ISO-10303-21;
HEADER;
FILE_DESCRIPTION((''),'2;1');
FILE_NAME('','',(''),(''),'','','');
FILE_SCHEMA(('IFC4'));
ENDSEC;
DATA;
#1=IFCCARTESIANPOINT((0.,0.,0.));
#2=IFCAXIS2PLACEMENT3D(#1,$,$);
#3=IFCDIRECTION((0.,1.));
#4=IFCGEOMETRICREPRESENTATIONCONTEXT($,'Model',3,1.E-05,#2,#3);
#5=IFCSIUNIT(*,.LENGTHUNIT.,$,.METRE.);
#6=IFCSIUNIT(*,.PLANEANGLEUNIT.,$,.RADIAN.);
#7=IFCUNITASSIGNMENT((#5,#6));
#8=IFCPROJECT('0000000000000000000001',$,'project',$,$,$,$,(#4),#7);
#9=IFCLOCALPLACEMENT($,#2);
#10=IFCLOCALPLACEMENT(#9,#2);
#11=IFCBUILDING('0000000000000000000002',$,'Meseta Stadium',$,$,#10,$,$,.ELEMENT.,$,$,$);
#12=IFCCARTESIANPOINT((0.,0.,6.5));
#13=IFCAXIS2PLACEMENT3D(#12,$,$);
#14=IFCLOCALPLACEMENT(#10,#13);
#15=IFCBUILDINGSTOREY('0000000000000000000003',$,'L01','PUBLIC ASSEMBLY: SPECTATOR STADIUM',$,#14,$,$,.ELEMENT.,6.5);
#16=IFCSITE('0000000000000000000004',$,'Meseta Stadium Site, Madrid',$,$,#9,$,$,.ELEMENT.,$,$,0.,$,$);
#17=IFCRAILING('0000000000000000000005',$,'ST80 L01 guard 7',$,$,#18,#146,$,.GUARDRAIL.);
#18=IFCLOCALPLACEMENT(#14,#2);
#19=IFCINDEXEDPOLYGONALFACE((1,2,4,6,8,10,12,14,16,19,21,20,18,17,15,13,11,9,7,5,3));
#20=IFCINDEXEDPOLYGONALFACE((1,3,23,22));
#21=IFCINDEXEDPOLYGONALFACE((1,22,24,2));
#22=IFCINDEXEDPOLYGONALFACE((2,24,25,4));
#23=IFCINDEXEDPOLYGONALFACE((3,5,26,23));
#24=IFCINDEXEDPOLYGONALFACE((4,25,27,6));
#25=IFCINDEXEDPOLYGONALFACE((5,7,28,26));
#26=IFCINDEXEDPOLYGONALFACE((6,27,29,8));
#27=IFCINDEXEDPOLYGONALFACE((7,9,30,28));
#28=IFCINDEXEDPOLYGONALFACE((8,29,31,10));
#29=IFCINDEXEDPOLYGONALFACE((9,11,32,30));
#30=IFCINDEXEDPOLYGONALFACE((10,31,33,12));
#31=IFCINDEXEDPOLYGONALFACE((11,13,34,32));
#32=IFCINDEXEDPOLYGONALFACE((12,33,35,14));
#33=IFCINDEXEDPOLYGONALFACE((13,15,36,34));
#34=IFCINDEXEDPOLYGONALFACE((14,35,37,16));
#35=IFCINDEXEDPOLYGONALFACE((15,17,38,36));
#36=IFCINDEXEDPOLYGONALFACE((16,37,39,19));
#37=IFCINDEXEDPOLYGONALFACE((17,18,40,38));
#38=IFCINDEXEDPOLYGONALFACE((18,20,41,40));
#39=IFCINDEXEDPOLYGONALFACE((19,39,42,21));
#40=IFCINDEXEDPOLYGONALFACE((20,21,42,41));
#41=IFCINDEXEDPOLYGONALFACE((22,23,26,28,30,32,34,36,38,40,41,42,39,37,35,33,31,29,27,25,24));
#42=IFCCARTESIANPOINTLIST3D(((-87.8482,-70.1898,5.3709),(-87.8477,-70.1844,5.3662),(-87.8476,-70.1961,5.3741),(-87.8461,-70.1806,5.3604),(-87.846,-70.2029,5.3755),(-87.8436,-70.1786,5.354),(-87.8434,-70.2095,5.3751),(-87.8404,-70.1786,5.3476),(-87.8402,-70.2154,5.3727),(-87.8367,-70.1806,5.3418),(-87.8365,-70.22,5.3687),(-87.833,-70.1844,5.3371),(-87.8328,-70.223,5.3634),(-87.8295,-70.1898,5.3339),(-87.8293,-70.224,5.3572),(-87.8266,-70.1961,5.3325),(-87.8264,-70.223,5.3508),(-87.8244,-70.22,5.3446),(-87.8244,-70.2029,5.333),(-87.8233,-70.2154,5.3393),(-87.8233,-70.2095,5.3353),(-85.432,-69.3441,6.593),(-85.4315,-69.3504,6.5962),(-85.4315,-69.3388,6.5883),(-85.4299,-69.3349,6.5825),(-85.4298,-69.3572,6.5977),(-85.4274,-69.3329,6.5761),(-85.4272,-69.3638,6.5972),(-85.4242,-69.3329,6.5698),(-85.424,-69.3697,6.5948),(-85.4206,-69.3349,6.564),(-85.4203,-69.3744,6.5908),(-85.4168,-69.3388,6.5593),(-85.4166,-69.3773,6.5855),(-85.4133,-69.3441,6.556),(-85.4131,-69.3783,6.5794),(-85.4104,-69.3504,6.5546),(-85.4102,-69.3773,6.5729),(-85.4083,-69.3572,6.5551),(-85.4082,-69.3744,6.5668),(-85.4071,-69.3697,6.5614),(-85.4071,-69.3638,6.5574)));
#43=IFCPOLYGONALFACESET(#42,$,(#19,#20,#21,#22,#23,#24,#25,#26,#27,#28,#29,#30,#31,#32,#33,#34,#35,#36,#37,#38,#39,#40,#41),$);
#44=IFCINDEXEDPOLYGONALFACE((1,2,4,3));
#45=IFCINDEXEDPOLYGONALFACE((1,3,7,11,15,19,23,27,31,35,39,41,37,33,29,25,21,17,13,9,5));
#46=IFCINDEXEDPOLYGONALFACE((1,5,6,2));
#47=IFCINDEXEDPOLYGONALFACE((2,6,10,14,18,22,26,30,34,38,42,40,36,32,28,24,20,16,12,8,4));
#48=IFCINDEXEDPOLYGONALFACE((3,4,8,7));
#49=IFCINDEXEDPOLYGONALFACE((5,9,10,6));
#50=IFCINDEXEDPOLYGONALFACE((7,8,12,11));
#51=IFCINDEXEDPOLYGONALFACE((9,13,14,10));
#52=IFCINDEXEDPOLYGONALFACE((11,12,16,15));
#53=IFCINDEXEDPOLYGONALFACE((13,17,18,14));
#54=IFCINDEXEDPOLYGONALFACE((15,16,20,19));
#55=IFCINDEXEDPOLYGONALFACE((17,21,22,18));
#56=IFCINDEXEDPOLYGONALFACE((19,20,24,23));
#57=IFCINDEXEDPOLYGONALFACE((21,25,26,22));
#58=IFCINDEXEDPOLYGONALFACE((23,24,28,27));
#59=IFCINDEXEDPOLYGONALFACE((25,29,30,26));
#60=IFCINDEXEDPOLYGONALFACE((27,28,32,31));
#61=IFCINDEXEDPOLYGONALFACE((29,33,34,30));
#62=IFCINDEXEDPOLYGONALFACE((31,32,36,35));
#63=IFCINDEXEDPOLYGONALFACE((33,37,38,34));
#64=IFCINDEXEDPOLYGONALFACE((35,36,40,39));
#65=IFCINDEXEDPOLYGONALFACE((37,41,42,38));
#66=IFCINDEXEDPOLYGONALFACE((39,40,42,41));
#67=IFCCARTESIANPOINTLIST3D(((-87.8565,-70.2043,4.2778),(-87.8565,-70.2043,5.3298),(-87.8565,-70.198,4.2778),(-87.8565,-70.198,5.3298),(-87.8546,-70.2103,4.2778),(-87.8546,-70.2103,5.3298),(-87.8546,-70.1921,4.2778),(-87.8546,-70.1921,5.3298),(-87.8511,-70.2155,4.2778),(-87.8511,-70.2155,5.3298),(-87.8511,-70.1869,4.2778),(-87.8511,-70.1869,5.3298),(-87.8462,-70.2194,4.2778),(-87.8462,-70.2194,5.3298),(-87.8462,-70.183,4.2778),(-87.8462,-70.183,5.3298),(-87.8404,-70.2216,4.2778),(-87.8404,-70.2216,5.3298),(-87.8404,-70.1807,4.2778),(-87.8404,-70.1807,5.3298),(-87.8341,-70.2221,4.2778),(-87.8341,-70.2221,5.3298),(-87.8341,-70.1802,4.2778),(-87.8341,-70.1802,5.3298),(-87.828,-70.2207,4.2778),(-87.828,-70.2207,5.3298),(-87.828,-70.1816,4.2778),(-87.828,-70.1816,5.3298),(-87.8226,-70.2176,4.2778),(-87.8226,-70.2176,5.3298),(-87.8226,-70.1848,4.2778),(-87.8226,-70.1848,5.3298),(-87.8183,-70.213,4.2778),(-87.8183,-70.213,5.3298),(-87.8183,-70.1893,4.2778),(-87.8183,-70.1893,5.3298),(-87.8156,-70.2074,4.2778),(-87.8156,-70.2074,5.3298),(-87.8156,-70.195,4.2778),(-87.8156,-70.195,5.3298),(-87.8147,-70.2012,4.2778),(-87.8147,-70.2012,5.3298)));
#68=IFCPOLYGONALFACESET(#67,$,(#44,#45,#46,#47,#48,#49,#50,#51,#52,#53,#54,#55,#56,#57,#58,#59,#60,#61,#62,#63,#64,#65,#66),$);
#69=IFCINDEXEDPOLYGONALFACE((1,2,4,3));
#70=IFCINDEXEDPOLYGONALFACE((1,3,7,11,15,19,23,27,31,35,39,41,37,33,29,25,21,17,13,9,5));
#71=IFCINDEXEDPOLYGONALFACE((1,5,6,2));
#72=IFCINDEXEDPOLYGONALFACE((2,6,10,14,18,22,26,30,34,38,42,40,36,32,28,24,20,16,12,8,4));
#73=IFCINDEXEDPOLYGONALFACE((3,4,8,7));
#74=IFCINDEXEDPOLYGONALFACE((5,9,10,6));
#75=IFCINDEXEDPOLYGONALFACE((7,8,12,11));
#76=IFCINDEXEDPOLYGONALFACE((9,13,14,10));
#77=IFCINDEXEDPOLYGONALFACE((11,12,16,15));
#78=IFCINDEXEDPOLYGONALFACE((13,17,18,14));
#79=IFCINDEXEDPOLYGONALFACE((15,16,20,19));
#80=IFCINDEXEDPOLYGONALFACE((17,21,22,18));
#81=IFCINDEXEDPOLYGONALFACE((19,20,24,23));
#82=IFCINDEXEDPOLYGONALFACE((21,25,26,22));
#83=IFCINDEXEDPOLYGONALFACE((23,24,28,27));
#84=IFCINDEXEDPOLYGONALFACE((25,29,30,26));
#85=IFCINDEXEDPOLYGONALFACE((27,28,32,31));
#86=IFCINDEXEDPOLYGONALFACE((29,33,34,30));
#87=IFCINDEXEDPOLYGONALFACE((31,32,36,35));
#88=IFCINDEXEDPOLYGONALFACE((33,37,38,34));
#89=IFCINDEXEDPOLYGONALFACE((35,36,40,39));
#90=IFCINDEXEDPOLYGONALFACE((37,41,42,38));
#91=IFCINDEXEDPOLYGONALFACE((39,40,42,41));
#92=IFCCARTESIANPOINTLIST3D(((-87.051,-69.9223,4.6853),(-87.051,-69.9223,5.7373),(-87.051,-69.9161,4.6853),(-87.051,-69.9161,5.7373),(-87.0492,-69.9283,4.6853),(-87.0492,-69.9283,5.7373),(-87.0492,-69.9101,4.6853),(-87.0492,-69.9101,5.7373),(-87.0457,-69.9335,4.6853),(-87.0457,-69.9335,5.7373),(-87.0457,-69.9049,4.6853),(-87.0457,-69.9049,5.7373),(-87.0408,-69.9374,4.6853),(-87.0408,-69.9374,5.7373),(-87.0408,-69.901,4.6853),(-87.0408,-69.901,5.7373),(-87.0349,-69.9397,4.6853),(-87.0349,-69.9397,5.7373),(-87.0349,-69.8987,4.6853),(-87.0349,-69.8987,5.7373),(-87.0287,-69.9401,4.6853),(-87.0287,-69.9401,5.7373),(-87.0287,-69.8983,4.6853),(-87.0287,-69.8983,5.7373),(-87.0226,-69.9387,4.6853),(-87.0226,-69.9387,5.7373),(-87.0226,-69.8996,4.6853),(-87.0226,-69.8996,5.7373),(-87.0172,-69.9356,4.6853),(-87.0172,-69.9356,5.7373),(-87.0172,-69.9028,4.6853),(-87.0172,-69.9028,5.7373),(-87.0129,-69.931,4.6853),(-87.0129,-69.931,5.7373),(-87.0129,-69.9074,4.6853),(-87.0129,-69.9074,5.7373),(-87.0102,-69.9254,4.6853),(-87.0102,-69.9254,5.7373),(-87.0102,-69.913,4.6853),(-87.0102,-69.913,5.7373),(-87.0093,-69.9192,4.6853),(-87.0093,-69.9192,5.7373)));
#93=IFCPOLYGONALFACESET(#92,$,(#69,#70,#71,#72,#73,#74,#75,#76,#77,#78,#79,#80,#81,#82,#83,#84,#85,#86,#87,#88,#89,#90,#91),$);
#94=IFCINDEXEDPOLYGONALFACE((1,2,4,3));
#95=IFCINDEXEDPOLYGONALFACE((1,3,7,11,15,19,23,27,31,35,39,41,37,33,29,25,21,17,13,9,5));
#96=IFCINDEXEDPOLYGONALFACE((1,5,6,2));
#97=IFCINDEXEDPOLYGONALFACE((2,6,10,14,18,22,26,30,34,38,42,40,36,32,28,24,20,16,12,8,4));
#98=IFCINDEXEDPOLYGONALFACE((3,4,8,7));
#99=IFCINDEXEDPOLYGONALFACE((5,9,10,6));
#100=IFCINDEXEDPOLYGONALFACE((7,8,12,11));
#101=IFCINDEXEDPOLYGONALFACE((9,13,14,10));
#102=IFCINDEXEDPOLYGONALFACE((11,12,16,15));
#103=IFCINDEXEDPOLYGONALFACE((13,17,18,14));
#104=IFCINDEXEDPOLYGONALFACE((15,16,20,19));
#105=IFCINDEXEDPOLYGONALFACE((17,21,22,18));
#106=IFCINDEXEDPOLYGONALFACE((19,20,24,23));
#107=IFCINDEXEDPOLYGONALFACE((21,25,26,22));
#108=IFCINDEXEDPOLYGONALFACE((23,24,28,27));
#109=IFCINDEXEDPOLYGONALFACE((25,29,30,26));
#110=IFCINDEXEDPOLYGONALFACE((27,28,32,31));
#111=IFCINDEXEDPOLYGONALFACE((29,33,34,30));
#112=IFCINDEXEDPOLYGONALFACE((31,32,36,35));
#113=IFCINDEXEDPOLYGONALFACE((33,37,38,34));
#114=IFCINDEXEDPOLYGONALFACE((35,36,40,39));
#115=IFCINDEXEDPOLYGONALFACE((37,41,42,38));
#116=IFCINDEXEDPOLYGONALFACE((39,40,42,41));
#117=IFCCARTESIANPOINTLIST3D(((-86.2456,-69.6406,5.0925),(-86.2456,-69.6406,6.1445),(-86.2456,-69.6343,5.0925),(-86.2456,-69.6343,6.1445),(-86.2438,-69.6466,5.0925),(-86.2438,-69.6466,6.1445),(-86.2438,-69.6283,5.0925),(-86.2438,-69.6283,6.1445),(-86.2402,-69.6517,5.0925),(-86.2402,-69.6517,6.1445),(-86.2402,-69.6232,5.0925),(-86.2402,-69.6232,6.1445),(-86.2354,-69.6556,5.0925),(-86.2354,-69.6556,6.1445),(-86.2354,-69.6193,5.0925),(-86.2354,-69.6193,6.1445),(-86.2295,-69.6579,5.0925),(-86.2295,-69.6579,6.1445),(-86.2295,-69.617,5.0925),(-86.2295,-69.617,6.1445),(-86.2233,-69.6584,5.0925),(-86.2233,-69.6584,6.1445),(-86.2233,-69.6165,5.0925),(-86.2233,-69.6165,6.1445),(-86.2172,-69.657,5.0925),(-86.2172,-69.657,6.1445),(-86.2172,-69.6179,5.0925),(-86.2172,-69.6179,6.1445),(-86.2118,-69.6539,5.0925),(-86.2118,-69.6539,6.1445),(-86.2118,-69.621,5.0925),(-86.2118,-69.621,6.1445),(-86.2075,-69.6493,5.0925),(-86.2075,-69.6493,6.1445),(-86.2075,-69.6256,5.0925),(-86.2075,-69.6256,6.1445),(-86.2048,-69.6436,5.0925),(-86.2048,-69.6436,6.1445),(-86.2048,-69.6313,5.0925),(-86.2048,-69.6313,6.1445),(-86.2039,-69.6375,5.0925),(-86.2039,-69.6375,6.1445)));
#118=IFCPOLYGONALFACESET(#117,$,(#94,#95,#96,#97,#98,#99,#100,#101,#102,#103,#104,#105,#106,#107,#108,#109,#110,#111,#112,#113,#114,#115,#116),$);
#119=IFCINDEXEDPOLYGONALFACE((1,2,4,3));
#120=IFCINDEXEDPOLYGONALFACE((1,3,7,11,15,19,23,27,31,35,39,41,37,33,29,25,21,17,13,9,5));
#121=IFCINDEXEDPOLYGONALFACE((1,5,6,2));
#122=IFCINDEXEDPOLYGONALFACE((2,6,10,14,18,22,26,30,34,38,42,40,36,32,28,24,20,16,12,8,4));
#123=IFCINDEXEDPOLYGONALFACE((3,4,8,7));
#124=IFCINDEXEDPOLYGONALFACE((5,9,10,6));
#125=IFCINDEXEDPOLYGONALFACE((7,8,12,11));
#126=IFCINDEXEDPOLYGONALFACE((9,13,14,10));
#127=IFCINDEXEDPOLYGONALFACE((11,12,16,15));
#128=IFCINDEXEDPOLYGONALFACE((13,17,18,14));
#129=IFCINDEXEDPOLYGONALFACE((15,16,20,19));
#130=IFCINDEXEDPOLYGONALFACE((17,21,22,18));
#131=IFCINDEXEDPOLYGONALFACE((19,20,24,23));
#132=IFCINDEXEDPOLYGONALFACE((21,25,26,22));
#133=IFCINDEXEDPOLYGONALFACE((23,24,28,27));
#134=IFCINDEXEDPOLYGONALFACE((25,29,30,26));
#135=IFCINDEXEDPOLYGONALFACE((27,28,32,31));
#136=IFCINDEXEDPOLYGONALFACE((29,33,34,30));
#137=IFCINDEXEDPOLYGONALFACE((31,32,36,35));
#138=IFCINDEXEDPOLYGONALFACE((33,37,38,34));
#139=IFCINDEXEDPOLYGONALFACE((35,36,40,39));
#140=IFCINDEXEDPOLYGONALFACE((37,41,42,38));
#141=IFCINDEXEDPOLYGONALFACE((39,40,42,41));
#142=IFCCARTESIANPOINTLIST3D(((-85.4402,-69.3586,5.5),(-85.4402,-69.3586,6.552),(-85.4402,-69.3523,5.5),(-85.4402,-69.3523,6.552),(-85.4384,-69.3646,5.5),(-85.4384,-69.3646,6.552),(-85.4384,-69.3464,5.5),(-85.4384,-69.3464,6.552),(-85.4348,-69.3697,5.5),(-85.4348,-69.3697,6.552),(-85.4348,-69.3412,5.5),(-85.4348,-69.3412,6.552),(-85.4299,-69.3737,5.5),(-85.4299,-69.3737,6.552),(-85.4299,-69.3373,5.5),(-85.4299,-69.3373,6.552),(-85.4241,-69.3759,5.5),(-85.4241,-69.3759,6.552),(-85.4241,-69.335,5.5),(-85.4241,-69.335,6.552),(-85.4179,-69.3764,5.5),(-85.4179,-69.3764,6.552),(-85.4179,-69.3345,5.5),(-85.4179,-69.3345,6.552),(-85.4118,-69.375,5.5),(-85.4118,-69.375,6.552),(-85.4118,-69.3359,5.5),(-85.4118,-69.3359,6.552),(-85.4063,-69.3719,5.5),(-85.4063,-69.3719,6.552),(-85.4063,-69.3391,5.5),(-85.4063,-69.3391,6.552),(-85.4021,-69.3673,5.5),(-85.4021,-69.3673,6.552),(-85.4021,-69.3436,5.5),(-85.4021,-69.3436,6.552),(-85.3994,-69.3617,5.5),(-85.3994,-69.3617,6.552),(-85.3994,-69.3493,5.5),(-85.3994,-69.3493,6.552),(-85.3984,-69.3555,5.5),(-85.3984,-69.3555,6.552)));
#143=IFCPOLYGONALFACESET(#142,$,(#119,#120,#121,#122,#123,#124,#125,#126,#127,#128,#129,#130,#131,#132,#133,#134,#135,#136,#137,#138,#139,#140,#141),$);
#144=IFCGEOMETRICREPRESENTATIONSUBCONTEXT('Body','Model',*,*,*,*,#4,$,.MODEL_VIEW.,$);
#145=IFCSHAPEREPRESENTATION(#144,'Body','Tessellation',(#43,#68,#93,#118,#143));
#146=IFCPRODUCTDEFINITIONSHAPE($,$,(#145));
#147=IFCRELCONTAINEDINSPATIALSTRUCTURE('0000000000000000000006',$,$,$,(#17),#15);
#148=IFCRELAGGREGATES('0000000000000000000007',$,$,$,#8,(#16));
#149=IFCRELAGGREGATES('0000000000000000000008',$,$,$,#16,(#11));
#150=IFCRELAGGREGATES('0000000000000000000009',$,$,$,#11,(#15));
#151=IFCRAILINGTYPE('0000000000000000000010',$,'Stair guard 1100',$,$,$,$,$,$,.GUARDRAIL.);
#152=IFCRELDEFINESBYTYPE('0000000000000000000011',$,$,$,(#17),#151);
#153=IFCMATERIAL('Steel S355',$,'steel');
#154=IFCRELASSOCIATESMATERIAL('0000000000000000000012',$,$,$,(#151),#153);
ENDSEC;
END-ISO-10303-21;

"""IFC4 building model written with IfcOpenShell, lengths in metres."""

from ifc_helpers import new_model, si_unit, direction, frame, origin, origin_2d, place, context, subcontext, project, spatial, circle, extrude, material, type_object, element, save


model = new_model("IFC4")

# Units and contexts
model_context = context("Model", 3, precision=1e-05, world=origin(), true_north=direction((0.0, 1.0)))
body_context = subcontext(model_context, "Body", "Model", "MODEL_VIEW")
ifc_project = project(units=[si_unit("LENGTHUNIT", "METRE"), si_unit("PLANEANGLEUNIT", "RADIAN")], contexts=[model_context])

# Site, building, storey
site_placement = place(None, origin())
site = spatial("IfcSite", under=ifc_project, at=site_placement, Name="Meseta Stadium Site, Madrid", CompositionType="ELEMENT", RefElevation=0.0)
building_placement = place(site_placement, origin())
building = spatial("IfcBuilding", under=site, at=building_placement, Name="Meseta Stadium", CompositionType="ELEMENT")
storey_placement = place(building_placement, frame((0.0, 0.0, 6.5)))
storey = spatial("IfcBuildingStorey", under=building, at=storey_placement, Name="L01", Description="PUBLIC ASSEMBLY: SPECTATOR STADIUM", CompositionType="ELEMENT", Elevation=6.5)

# Railing
ifc_material_1 = material(Name="Steel S355", Category="steel")
railing_type_1 = type_object("IfcRailingType", Name="Stair guard 1100", PredefinedType="GUARDRAIL", material=ifc_material_1)
railing_1_placement = place(storey_placement, frame((-87.8357, -70.2012, 4.2778)))
element("IfcRailing", 1, at=railing_1_placement, inside=storey, type_object=railing_type_1, Name="ST80 L01 guard 7", PredefinedType="GUARDRAIL", context=body_context, shape_type="SweptSolid", body=[
    extrude(circle(Radius=0.0239, at=origin_2d()), frame((0.0, 0.0, 1.0762), z_axis=(0.851767, 0.298123, 0.430832), x_axis=(-0.330355, 0.943857, 0.0)), (0.0, 0.0, 1.0), 2.8367),
    extrude(circle(Radius=0.021, at=origin_2d()), origin(), (0.0, 0.0, 1.0), 1.052),
    extrude(circle(Radius=0.021, at=origin_2d()), frame((0.8054, 0.282, 0.4075)), (0.0, 0.0, 1.0), 1.052),
    extrude(circle(Radius=0.021, at=origin_2d()), frame((1.6108, 0.5637, 0.8147)), (0.0, 0.0, 1.0), 1.052),
    extrude(circle(Radius=0.021, at=origin_2d()), frame((2.4163, 0.8457, 1.2222)), (0.0, 0.0, 1.0), 1.052),
])

save(model, "model.ifc")
